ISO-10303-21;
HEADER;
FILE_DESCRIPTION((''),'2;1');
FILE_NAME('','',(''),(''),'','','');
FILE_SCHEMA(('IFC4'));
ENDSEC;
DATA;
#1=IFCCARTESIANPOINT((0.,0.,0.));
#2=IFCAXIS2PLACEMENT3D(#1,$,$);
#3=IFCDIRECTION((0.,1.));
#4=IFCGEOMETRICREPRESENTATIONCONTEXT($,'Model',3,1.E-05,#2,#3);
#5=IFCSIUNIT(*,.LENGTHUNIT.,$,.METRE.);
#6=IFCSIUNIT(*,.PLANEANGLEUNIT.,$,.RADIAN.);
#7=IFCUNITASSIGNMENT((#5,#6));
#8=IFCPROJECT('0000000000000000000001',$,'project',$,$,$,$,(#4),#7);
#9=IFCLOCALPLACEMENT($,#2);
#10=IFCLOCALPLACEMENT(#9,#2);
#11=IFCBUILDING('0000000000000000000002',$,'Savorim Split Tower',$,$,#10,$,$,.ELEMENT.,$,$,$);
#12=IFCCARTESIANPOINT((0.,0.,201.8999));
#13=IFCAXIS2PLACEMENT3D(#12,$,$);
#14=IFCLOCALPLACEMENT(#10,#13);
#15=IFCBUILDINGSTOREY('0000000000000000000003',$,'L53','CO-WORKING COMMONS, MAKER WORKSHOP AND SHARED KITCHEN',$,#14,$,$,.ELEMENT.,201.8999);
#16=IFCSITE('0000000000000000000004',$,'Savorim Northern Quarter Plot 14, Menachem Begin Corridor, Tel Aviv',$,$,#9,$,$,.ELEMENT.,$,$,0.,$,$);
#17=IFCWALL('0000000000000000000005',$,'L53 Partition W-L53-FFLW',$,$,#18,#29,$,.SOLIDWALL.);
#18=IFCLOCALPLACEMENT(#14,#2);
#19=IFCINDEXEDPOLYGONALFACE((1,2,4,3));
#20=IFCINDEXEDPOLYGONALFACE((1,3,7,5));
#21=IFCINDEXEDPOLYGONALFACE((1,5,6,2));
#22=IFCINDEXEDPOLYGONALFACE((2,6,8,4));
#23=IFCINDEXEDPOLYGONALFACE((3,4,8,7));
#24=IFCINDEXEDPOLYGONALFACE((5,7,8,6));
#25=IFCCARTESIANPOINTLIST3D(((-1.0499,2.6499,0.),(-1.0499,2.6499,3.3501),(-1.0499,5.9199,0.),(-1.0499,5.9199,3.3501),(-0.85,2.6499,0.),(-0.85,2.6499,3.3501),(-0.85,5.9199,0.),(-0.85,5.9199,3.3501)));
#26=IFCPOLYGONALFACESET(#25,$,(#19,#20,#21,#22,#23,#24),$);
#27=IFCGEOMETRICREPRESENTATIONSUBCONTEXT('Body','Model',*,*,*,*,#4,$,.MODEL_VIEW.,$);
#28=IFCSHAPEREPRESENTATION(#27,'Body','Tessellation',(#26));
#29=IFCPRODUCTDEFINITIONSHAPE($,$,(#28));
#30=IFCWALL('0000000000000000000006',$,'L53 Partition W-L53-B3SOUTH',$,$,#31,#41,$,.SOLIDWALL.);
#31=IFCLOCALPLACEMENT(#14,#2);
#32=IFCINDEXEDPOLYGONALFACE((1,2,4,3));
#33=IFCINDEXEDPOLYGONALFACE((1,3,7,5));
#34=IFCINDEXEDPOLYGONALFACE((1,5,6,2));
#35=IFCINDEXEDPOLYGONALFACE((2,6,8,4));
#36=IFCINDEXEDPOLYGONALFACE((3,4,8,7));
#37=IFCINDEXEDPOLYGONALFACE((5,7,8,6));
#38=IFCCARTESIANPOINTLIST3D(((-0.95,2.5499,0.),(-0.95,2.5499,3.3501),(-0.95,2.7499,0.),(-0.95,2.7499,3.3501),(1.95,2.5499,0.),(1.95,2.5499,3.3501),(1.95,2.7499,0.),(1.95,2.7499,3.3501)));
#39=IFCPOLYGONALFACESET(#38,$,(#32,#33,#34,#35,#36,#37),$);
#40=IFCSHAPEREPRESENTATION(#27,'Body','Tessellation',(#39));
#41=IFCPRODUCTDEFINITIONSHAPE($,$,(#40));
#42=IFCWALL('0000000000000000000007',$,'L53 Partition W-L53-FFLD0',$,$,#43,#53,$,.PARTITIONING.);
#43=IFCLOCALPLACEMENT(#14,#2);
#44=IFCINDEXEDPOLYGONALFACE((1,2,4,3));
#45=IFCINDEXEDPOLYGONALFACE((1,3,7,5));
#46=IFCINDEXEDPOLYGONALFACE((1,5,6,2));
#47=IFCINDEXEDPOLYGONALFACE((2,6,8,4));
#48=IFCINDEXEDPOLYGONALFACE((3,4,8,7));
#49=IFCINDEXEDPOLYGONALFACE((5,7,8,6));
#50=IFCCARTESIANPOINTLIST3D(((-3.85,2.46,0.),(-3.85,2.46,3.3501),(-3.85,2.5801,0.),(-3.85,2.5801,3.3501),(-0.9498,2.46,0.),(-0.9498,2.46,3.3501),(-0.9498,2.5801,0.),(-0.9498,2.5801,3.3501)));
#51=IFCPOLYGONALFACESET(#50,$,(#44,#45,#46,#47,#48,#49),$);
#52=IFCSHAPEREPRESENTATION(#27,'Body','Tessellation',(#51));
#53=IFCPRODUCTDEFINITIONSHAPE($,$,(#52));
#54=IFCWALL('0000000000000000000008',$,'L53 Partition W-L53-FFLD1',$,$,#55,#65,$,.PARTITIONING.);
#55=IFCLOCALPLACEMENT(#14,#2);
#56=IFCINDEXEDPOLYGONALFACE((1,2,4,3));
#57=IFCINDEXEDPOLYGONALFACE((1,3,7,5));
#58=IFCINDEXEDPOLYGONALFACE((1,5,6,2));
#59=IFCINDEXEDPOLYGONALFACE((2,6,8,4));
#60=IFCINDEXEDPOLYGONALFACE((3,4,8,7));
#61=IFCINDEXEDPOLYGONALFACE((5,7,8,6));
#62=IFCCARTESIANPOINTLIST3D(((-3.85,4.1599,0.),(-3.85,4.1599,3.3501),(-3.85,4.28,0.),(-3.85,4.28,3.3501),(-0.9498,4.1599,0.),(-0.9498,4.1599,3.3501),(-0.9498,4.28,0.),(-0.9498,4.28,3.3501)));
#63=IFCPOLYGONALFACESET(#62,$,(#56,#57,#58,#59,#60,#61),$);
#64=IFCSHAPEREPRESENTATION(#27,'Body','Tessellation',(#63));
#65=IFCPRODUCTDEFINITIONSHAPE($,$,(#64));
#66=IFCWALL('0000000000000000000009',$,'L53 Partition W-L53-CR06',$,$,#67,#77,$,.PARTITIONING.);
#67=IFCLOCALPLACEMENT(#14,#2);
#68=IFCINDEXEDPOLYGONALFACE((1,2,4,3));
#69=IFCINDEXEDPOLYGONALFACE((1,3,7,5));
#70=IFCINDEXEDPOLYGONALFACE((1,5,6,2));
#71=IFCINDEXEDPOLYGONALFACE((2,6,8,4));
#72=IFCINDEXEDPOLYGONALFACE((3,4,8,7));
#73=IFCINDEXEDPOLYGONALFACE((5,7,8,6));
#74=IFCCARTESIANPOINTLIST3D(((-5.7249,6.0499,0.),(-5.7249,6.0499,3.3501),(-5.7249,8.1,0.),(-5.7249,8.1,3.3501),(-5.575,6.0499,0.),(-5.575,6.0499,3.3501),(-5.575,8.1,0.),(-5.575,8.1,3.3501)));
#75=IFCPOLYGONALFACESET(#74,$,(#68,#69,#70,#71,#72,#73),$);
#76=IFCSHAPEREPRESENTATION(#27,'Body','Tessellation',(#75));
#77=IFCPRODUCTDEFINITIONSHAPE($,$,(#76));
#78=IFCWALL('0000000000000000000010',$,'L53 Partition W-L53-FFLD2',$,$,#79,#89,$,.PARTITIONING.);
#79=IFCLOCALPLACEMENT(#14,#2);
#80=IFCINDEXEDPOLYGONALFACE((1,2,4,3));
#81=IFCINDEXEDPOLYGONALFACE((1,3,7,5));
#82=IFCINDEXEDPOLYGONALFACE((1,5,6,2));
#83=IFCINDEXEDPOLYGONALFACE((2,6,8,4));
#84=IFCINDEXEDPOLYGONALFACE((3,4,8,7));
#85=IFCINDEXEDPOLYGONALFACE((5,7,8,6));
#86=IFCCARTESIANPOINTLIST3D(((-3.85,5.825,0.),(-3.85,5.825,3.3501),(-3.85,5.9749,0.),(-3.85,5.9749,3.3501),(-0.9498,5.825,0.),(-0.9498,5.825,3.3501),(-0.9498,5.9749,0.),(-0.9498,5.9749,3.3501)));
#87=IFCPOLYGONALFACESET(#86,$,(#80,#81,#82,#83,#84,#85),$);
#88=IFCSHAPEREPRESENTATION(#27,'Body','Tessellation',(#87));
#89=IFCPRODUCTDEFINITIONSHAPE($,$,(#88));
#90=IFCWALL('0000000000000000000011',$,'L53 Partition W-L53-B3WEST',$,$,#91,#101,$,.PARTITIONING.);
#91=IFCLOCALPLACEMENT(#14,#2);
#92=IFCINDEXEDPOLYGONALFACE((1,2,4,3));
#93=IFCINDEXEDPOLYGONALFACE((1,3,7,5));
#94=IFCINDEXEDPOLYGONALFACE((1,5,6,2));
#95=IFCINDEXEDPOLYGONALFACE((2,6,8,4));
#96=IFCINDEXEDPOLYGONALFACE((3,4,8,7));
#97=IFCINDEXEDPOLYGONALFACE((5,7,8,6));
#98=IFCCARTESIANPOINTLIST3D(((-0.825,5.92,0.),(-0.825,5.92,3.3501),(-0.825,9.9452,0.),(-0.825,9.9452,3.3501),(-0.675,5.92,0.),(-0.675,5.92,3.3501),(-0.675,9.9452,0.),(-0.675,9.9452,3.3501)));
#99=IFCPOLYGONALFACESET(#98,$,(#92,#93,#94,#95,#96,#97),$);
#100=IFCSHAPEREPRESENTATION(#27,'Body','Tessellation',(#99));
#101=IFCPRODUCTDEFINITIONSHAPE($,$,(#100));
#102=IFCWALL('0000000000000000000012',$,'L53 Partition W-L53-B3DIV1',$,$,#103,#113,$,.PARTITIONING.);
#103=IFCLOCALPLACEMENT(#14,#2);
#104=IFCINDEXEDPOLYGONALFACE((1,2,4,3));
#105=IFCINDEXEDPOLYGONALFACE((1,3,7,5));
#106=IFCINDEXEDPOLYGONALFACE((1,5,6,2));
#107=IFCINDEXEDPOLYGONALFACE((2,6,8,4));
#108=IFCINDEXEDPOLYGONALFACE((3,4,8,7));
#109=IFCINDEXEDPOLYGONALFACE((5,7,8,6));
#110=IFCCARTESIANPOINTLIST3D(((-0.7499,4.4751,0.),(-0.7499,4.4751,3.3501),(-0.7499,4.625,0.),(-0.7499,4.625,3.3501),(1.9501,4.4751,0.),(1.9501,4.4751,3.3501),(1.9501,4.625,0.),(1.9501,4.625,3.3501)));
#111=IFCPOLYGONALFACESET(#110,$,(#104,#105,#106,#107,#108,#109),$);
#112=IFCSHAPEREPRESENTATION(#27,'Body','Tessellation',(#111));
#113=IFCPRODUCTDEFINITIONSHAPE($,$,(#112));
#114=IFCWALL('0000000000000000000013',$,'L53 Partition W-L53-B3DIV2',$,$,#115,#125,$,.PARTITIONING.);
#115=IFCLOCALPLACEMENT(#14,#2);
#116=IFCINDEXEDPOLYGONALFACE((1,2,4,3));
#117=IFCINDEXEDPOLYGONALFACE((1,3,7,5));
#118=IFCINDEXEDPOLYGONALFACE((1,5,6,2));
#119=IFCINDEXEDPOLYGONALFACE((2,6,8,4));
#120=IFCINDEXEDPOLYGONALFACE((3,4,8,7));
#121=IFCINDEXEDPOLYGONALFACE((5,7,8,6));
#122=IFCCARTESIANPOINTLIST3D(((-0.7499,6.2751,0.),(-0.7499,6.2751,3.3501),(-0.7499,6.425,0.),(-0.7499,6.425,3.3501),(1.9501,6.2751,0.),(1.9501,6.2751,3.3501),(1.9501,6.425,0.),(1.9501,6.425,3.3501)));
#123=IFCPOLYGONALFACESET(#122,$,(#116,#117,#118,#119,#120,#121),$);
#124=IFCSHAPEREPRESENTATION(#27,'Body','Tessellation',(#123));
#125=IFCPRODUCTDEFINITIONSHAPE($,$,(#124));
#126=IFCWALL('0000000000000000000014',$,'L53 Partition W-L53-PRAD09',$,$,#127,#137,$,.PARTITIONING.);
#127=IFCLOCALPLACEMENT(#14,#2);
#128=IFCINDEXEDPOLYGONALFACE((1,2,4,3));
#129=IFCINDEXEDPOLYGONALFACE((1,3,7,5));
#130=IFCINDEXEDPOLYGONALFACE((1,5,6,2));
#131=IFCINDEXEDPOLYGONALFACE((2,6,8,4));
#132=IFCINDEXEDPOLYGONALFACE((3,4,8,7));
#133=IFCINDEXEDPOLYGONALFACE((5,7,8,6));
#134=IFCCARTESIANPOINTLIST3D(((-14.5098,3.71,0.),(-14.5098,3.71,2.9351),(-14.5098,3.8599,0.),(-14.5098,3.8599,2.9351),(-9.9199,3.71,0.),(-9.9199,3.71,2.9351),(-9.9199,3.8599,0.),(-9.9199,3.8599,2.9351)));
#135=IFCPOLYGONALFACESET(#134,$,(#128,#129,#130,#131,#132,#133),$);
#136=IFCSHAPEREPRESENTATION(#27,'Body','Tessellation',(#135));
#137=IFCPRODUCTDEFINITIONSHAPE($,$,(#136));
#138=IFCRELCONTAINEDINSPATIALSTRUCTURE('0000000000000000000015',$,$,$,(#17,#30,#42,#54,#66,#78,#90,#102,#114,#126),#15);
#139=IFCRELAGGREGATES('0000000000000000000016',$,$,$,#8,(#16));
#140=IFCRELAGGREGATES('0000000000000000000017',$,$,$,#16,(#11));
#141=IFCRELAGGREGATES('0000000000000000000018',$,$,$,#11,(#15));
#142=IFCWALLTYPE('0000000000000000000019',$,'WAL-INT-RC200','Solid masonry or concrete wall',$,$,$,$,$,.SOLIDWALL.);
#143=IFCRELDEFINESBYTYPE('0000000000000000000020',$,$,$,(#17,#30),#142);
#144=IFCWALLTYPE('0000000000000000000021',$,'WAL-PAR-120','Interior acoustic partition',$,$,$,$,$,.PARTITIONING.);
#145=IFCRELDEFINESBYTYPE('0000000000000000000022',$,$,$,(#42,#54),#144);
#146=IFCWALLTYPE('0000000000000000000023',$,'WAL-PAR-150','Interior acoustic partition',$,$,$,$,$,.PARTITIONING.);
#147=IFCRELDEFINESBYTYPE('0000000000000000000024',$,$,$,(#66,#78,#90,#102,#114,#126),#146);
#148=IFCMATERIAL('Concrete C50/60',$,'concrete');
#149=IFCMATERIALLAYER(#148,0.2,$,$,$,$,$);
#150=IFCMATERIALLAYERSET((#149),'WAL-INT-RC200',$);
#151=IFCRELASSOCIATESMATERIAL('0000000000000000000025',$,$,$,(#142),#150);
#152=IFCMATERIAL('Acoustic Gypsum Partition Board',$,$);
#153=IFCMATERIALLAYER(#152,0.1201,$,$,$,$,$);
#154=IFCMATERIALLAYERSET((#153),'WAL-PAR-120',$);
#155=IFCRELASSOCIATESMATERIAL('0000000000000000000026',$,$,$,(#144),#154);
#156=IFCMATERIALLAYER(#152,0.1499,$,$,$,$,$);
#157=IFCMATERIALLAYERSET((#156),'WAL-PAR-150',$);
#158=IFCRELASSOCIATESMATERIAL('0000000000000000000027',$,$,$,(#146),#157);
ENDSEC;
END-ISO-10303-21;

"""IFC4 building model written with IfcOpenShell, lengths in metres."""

from ifc_helpers import new_model, si_unit, direction, frame, frame_2d, origin, place, context, subcontext, project, spatial, rectangle, extrude, material, layer, layer_set, type_object, element, save


model = new_model("IFC4")

# Units and contexts
model_context = context("Model", 3, precision=1e-05, world=origin(), true_north=direction((0.0, 1.0)))
body_context = subcontext(model_context, "Body", "Model", "MODEL_VIEW")
ifc_project = project(units=[si_unit("LENGTHUNIT", "METRE"), si_unit("PLANEANGLEUNIT", "RADIAN")], contexts=[model_context])

# Site, building, storey
site_placement = place(None, origin())
site = spatial("IfcSite", under=ifc_project, at=site_placement, Name="Savorim Northern Quarter Plot 14, Menachem Begin Corridor, Tel Aviv", CompositionType="ELEMENT", RefElevation=0.0)
building_placement = place(site_placement, origin())
building = spatial("IfcBuilding", under=site, at=building_placement, Name="Savorim Split Tower", CompositionType="ELEMENT")
storey_placement = place(building_placement, frame((0.0, 0.0, 201.8999)))
storey = spatial("IfcBuildingStorey", under=building, at=storey_placement, Name="L53", Description="CO-WORKING COMMONS, MAKER WORKSHOP AND SHARED KITCHEN", CompositionType="ELEMENT", Elevation=201.8999)

# Shared definitions
ifc_material_1 = material(Name="Concrete C50/60", Category="concrete")
ifc_layer_1 = layer(ifc_material_1, 0.2)
ifc_layer_set_1 = layer_set([ifc_layer_1], Name="WAL-INT-RC200")
wall_type_1 = type_object("IfcWallType", Name="WAL-INT-RC200", Description="Solid masonry or concrete wall", PredefinedType="SOLIDWALL", material=ifc_layer_set_1)

# Walls
wall_1_placement = place(storey_placement, frame((-0.95, 2.6499, 0.0), z_axis=(0.0, 0.0, 1.0), x_axis=(0.0, 1.0, 0.0)))
element("IfcWall", 1, at=wall_1_placement, inside=storey, type_object=wall_type_1, Name="L53 Partition W-L53-FFLW", PredefinedType="SOLIDWALL", context=body_context, shape_type="SweptSolid", body=[
    extrude(rectangle(XDim=3.27, YDim=0.2, at=frame_2d((1.635, 0.0))), origin(), (0.0, 0.0, 1.0), 3.3501),
])
wall_2_placement = place(storey_placement, frame((-0.95, 2.6499, 0.0), z_axis=(0.0, 0.0, 1.0), x_axis=(1.0, 0.0, 0.0)))
element("IfcWall", 2, at=wall_2_placement, inside=storey, type_object=wall_type_1, Name="L53 Partition W-L53-B3SOUTH", PredefinedType="SOLIDWALL", context=body_context, shape_type="SweptSolid", body=[
    extrude(rectangle(XDim=2.8999, YDim=0.2, at=frame_2d((1.45, 0.0))), origin(), (0.0, 0.0, 1.0), 3.3501),
])
ifc_material_2 = material(Name="Acoustic Gypsum Partition Board")
ifc_layer_2 = layer(ifc_material_2, 0.1201)
ifc_layer_set_2 = layer_set([ifc_layer_2], Name="WAL-PAR-120")
wall_type_2 = type_object("IfcWallType", Name="WAL-PAR-120", Description="Interior acoustic partition", PredefinedType="PARTITIONING", material=ifc_layer_set_2)
for number, where, z_axis, x_axis, name in (
    (3, (-3.8501, 2.52, 0.0), (0.0, 0.0, 1.0), (1.0, 0.0, 0.0), "L53 Partition W-L53-FFLD0"),
    (4, (-3.8501, 4.22, 0.0), (0.0, 0.0, 1.0), (1.0, 0.0, 0.0), "L53 Partition W-L53-FFLD1"),
):
    element("IfcWall", number, at=place(storey_placement, frame(where, z_axis=z_axis, x_axis=x_axis)), inside=storey, type_object=wall_type_2, Name=name, PredefinedType="PARTITIONING", context=body_context, shape_type="SweptSolid", body=[
        extrude(rectangle(XDim=2.9001, YDim=0.1201, at=frame_2d((1.4502, 0.0))), origin(), (0.0, 0.0, 1.0), 3.3501),
    ])
ifc_layer_3 = layer(ifc_material_2, 0.1499)
ifc_layer_set_3 = layer_set([ifc_layer_3], Name="WAL-PAR-150")
wall_type_3 = type_object("IfcWallType", Name="WAL-PAR-150", Description="Interior acoustic partition", PredefinedType="PARTITIONING", material=ifc_layer_set_3)
wall_3_placement = place(storey_placement, frame((-5.6499, 6.05, 0.0), z_axis=(0.0, 0.0, 1.0), x_axis=(0.0, 1.0, 0.0)))
element("IfcWall", 5, at=wall_3_placement, inside=storey, type_object=wall_type_3, Name="L53 Partition W-L53-CR06", PredefinedType="PARTITIONING", context=body_context, shape_type="SweptSolid", body=[
    extrude(rectangle(XDim=2.05, YDim=0.1499, at=frame_2d((1.0249, 0.0))), origin(), (0.0, 0.0, 1.0), 3.3501),
])
wall_4_placement = place(storey_placement, frame((-3.8501, 5.8999, 0.0), z_axis=(0.0, 0.0, 1.0), x_axis=(1.0, 0.0, 0.0)))
element("IfcWall", 6, at=wall_4_placement, inside=storey, type_object=wall_type_3, Name="L53 Partition W-L53-FFLD2", PredefinedType="PARTITIONING", context=body_context, shape_type="SweptSolid", body=[
    extrude(rectangle(XDim=2.9001, YDim=0.1499, at=frame_2d((1.4502, 0.0))), origin(), (0.0, 0.0, 1.0), 3.3501),
])
wall_5_placement = place(storey_placement, frame((-0.75, 5.9199, 0.0), z_axis=(0.0, 0.0, 1.0), x_axis=(0.0, 1.0, 0.0)))
element("IfcWall", 7, at=wall_5_placement, inside=storey, type_object=wall_type_3, Name="L53 Partition W-L53-B3WEST", PredefinedType="PARTITIONING", context=body_context, shape_type="SweptSolid", body=[
    extrude(rectangle(XDim=4.0251, YDim=0.1499, at=frame_2d((2.0127, 0.0))), origin(), (0.0, 0.0, 1.0), 3.3501),
])
for number, where, z_axis, x_axis, name in (
    (8, (-0.75, 4.55, 0.0), (0.0, 0.0, 1.0), (1.0, 0.0, 0.0), "L53 Partition W-L53-B3DIV1"),
    (9, (-0.75, 6.3501, 0.0), (0.0, 0.0, 1.0), (1.0, 0.0, 0.0), "L53 Partition W-L53-B3DIV2"),
):
    element("IfcWall", number, at=place(storey_placement, frame(where, z_axis=z_axis, x_axis=x_axis)), inside=storey, type_object=wall_type_3, Name=name, PredefinedType="PARTITIONING", context=body_context, shape_type="SweptSolid", body=[
        extrude(rectangle(XDim=2.7, YDim=0.1499, at=frame_2d((1.3501, 0.0))), origin(), (0.0, 0.0, 1.0), 3.3501),
    ])
wall_6_placement = place(storey_placement, frame((-9.9199, 3.7849, 0.0), z_axis=(0.0, 0.0, 1.0), x_axis=(-1.0, 0.0, 0.0)))
element("IfcWall", 10, at=wall_6_placement, inside=storey, type_object=wall_type_3, Name="L53 Partition W-L53-PRAD09", PredefinedType="PARTITIONING", context=body_context, shape_type="SweptSolid", body=[
    extrude(rectangle(XDim=4.5898, YDim=0.1499, at=frame_2d((2.2949, 0.0))), origin(), (0.0, 0.0, 1.0), 2.9351),
])

save(model, "model.ifc")
